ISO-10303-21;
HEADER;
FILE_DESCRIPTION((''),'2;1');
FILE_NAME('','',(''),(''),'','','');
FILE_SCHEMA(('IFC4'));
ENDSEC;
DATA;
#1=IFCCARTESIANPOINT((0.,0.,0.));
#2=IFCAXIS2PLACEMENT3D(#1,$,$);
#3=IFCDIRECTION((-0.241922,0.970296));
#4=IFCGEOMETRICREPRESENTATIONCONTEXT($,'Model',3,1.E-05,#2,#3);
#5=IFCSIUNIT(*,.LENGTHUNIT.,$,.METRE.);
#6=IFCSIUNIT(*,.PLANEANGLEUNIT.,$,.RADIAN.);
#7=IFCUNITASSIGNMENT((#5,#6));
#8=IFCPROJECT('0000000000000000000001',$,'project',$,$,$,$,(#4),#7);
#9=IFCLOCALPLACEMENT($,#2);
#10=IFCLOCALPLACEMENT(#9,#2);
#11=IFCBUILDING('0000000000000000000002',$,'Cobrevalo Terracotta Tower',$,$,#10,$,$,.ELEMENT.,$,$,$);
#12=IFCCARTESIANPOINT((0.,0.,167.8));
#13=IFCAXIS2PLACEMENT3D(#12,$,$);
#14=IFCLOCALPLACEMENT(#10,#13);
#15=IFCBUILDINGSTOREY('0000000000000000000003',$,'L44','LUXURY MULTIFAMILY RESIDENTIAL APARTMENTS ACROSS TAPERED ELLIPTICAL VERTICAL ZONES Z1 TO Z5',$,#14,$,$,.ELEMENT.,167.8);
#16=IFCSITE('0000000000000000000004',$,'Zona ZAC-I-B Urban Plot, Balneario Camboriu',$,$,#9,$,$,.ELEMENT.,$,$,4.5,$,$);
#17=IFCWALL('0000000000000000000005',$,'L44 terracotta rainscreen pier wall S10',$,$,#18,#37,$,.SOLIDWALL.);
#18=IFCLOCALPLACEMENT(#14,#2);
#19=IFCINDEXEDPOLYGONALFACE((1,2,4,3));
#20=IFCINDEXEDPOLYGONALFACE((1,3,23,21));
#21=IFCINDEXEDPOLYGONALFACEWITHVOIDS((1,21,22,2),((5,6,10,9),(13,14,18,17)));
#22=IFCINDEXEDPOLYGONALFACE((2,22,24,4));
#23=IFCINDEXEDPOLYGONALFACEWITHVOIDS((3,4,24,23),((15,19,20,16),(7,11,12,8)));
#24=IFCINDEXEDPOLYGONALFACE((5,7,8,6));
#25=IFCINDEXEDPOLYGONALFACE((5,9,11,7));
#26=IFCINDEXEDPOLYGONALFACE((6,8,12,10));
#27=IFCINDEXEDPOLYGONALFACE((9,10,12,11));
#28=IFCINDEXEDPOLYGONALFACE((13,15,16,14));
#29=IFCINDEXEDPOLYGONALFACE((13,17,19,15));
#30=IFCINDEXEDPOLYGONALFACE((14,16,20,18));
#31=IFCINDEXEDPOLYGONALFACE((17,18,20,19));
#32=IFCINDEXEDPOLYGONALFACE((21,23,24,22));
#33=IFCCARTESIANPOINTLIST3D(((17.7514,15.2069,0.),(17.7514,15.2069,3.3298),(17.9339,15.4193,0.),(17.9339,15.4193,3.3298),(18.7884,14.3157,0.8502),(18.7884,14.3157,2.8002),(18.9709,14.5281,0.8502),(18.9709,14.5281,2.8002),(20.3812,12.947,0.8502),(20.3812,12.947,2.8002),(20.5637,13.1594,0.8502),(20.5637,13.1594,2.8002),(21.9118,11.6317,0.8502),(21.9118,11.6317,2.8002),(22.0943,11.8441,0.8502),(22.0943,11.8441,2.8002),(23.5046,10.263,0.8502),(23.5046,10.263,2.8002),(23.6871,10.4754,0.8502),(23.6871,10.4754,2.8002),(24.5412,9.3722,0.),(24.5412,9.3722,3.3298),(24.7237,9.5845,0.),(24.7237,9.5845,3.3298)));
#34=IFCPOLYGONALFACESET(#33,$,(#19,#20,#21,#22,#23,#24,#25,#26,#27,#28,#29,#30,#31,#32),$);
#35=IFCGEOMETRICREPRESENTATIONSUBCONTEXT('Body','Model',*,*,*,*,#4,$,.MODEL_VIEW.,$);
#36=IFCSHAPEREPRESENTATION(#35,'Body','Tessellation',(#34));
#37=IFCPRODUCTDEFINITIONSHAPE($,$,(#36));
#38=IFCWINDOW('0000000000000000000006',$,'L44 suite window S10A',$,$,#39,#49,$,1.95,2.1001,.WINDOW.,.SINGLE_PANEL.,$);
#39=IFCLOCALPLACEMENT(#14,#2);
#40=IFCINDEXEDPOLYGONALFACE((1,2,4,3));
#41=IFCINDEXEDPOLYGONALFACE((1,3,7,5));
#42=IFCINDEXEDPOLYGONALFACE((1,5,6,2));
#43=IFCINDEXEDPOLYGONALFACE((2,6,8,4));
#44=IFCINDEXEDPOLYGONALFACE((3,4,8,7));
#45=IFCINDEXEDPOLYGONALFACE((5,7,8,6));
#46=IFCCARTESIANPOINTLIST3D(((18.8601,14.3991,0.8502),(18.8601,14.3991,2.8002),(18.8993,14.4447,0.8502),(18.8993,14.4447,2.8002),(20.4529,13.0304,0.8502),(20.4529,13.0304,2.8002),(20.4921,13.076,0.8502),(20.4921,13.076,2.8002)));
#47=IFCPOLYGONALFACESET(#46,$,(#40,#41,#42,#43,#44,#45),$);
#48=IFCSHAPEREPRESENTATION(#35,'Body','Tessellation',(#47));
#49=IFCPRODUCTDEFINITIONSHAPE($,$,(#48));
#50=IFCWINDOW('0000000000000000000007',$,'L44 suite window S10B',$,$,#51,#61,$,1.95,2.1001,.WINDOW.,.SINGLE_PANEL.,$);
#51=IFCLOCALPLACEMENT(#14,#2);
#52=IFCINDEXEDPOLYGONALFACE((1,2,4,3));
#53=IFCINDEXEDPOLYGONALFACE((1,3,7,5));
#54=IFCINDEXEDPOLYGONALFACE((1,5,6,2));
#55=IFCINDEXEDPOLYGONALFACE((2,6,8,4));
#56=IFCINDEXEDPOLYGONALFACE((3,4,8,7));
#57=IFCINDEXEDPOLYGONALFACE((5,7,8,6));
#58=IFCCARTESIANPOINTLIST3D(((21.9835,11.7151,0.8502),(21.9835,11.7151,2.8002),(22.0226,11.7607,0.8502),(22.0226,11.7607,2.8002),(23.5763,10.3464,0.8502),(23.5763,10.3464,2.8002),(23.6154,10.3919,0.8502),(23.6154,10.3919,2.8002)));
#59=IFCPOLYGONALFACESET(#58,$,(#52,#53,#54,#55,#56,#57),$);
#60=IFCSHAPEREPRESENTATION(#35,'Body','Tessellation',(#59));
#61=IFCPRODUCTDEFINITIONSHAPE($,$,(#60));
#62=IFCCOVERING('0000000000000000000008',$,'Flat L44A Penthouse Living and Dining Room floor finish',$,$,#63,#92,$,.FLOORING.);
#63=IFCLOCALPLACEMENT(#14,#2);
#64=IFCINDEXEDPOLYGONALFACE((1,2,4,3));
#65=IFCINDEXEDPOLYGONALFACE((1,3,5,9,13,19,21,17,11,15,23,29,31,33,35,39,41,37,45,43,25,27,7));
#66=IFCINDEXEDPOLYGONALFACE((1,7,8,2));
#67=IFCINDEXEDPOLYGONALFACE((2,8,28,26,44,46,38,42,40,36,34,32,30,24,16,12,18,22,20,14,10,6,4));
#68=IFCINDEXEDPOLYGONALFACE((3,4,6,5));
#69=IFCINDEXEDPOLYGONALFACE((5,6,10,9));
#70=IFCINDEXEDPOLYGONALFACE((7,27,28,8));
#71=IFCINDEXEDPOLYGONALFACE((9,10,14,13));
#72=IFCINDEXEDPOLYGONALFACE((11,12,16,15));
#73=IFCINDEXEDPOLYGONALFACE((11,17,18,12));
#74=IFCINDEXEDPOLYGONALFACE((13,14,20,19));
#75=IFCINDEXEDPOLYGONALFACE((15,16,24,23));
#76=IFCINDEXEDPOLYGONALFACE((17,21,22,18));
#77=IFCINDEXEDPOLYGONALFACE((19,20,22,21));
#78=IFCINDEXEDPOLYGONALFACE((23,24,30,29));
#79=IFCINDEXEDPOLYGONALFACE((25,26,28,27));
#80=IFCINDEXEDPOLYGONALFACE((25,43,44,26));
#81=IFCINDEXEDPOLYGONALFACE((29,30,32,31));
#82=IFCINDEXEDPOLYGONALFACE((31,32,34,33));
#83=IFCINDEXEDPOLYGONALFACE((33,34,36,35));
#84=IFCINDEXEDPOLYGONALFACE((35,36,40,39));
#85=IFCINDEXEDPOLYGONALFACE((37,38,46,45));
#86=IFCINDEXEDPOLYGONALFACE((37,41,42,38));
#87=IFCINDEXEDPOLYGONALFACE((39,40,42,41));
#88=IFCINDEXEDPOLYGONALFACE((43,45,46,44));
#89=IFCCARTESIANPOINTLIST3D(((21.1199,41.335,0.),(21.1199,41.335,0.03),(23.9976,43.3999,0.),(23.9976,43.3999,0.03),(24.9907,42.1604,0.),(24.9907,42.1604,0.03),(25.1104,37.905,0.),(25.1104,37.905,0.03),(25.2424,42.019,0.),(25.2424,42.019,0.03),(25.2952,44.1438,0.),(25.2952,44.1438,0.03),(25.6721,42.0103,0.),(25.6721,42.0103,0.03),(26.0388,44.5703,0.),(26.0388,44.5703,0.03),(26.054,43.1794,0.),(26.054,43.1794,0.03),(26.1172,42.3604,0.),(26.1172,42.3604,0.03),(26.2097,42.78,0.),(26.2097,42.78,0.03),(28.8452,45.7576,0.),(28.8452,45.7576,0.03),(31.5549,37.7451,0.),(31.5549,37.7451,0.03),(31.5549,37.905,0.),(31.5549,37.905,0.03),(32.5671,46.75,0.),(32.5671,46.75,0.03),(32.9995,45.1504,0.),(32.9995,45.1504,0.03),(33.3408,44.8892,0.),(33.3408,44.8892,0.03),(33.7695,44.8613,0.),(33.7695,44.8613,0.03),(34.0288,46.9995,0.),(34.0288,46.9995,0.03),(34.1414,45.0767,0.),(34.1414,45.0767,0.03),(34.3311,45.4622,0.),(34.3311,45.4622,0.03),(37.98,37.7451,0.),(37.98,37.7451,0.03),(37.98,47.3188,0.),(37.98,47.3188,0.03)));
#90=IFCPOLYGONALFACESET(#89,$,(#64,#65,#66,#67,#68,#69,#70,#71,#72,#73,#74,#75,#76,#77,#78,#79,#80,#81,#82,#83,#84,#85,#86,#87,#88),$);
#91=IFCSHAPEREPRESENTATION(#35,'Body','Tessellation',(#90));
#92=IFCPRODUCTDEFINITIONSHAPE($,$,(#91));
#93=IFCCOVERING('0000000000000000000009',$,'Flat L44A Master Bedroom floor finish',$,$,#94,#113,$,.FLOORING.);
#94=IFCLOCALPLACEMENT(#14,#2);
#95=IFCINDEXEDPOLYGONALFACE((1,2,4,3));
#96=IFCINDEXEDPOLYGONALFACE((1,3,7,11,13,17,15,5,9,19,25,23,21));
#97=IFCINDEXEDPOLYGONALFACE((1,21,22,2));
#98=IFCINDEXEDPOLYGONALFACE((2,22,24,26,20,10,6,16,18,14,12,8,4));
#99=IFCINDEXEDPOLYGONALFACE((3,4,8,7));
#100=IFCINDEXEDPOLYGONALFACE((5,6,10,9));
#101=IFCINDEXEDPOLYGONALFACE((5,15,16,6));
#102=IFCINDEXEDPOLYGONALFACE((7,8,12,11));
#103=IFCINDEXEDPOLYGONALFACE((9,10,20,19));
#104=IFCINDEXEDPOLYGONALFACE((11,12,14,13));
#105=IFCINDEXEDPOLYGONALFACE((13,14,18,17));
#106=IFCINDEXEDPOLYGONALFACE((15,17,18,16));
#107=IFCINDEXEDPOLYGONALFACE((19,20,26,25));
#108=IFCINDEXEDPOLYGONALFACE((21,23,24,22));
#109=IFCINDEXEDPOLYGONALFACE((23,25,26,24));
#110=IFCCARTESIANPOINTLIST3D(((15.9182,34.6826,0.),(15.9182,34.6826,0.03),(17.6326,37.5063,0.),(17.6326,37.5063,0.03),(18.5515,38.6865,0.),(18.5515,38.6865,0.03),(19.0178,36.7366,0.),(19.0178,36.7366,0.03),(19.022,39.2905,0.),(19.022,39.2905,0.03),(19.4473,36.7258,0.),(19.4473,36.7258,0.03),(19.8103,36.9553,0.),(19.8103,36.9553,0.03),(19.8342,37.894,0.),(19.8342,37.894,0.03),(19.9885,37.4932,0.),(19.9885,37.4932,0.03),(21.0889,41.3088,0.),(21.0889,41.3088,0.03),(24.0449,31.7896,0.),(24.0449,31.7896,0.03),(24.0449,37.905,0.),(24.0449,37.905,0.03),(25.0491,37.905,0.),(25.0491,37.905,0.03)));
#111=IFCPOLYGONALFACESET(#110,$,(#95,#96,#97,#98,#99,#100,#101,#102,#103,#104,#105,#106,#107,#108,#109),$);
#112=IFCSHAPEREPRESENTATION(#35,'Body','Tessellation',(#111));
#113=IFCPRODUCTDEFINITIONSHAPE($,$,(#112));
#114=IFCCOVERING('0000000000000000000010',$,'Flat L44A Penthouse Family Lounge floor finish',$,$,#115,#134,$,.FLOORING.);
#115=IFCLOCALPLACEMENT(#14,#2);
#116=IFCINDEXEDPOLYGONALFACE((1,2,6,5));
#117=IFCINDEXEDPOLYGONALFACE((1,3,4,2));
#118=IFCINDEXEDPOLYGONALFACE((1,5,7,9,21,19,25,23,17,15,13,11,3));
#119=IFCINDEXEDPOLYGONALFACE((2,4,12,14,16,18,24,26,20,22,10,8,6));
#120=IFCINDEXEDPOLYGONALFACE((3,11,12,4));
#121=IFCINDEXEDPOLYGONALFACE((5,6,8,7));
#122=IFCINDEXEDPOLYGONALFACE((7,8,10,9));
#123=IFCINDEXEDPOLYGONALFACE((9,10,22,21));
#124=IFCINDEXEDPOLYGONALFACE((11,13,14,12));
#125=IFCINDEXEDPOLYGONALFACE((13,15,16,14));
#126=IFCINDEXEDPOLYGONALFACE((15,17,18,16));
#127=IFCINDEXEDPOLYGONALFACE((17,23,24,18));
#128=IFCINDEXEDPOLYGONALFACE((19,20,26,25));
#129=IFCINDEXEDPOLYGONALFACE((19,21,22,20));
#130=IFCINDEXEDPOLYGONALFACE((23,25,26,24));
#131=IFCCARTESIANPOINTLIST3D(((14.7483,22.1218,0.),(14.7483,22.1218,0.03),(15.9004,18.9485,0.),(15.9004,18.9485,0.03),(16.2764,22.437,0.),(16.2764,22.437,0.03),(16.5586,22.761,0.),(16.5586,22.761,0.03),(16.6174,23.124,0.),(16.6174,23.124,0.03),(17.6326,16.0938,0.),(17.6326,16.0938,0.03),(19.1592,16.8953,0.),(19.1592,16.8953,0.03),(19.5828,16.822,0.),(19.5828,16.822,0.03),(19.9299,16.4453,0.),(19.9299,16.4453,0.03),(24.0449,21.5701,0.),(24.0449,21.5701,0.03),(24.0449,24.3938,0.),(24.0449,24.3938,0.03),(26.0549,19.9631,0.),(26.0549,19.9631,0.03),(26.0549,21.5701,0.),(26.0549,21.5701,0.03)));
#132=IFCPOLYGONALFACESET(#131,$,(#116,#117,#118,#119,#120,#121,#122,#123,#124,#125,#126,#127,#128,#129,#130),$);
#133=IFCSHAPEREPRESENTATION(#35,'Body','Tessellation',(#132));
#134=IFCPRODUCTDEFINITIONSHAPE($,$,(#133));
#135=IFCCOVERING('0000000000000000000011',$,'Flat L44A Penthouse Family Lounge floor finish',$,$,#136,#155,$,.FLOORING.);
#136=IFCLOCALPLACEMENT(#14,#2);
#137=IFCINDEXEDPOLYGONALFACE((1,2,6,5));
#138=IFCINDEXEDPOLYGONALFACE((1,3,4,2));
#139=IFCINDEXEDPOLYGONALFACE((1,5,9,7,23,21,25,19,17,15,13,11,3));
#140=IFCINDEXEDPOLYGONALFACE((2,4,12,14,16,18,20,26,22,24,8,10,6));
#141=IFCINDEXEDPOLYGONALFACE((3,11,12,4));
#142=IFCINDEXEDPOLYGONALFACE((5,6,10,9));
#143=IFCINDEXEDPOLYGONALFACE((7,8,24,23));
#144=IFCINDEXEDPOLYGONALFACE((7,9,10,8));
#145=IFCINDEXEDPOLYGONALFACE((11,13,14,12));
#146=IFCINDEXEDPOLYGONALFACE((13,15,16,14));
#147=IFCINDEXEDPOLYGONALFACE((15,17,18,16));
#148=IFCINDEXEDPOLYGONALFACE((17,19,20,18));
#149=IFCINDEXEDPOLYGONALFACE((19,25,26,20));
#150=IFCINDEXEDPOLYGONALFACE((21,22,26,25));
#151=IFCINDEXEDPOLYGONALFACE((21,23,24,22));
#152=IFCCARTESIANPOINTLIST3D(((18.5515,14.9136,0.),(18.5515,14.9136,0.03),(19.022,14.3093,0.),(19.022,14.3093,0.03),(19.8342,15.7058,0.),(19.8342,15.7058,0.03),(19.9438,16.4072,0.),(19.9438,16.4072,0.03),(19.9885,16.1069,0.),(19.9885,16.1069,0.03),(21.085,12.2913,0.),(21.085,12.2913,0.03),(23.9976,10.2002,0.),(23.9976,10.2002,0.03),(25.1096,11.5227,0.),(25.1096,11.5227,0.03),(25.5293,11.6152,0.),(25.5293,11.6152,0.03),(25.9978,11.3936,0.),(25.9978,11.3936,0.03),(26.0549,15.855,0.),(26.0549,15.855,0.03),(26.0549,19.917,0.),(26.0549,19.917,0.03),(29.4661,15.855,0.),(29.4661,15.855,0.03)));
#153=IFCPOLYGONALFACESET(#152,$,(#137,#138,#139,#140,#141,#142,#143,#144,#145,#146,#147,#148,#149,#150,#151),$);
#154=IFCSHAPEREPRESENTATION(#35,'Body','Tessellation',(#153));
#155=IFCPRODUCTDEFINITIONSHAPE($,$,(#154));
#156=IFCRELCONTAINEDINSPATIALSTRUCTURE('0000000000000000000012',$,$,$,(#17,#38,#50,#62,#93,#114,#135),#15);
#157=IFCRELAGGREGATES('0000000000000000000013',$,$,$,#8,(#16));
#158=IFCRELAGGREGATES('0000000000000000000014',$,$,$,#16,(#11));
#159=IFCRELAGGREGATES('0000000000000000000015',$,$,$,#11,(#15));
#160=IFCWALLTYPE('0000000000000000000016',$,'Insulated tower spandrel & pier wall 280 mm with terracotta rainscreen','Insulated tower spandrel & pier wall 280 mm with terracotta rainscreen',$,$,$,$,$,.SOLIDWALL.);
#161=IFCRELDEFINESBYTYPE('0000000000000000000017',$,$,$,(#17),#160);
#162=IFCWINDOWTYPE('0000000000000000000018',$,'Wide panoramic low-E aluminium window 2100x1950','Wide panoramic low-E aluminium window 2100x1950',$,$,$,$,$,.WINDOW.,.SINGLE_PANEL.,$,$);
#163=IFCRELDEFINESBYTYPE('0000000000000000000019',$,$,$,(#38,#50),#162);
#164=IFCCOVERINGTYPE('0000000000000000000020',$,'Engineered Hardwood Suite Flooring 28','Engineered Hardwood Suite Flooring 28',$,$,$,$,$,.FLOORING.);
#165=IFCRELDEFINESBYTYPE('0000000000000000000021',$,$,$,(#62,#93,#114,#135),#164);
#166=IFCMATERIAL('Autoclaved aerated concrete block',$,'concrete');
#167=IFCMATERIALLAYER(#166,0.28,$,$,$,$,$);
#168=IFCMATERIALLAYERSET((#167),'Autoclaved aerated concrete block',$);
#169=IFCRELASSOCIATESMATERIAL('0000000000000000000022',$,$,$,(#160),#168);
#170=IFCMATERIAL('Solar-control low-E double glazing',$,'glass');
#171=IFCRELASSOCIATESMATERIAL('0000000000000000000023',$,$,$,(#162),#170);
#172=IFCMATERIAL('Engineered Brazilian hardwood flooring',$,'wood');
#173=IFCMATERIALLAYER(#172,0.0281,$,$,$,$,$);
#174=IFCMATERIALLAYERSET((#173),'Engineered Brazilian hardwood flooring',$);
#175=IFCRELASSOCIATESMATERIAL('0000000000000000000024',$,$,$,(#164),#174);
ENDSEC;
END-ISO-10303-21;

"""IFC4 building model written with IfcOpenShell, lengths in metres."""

from ifc_helpers import new_model, si_unit, direction, frame, frame_2d, origin, place, context, subcontext, project, spatial, polyline, rectangle, outline, extrude, source, transform, mapped, material, layer, layer_set, type_object, element, fill, save


model = new_model("IFC4")

# Units and contexts
model_context = context("Model", 3, precision=1e-05, world=origin(), true_north=direction((-0.241922, 0.970296)))
body_context = subcontext(model_context, "Body", "Model", "MODEL_VIEW")
ifc_project = project(units=[si_unit("LENGTHUNIT", "METRE"), si_unit("PLANEANGLEUNIT", "RADIAN")], contexts=[model_context])

# Site, building, storey
site_placement = place(None, origin())
site = spatial("IfcSite", under=ifc_project, at=site_placement, Name="Zona ZAC-I-B Urban Plot, Balneario Camboriu", CompositionType="ELEMENT", RefElevation=4.5)
building_placement = place(site_placement, origin())
building = spatial("IfcBuilding", under=site, at=building_placement, Name="Cobrevalo Terracotta Tower", CompositionType="ELEMENT")
storey_placement = place(building_placement, frame((0.0, 0.0, 167.8)))
storey = spatial("IfcBuildingStorey", under=building, at=storey_placement, Name="L44", Description="LUXURY MULTIFAMILY RESIDENTIAL APARTMENTS ACROSS TAPERED ELLIPTICAL VERTICAL ZONES Z1 TO Z5", CompositionType="ELEMENT", Elevation=167.8)

# Shared definitions
ifc_material_1 = material(Name="Solar-control low-E double glazing", Category="glass")

# Wall, openings, windows
ifc_material_2 = material(Name="Autoclaved aerated concrete block", Category="concrete")
ifc_layer_1 = layer(ifc_material_2, 0.28)
ifc_layer_set_1 = layer_set([ifc_layer_1], Name="Autoclaved aerated concrete block")
wall_type = type_object("IfcWallType", Name="Insulated tower spandrel & pier wall 280 mm with terracotta rainscreen", Description="Insulated tower spandrel & pier wall 280 mm with terracotta rainscreen", PredefinedType="SOLIDWALL", material=ifc_layer_set_1)
wall_placement = place(storey_placement, frame((17.8428, 15.313, 0.0), z_axis=(0.0, 0.0, 1.0), x_axis=(0.758434, -0.65175, 0.0)))
wall = element("IfcWall", 1, at=wall_placement, inside=storey, type_object=wall_type, Name="L44 terracotta rainscreen pier wall S10", PredefinedType="SOLIDWALL", context=body_context, shape_type="SweptSolid", body=[
    extrude(rectangle(XDim=8.9524, YDim=0.28, at=frame_2d((4.4761, 0.0))), origin(), (0.0, 0.0, 1.0), 3.3298),
])
opening_1_placement = place(wall_placement, frame((1.3672, 0.0, 0.8501)))
opening_1 = element("IfcOpeningElement", 2, at=opening_1_placement, cuts=wall, PredefinedType="OPENING", context=body_context, shape_type="SweptSolid", body=[
    extrude(rectangle(XDim=2.1001, YDim=1.95, at=frame_2d((1.05, 0.9751))), frame((0.0, 0.1499, 0.0), z_axis=(0.0, -1.0, 0.0), x_axis=(1.0, 0.0, 0.0)), (0.0, 0.0, 1.0), 0.3),
])
opening_2_placement = place(wall_placement, frame((5.4854, 0.0, 0.8501)))
opening_2 = element("IfcOpeningElement", 3, at=opening_2_placement, cuts=wall, PredefinedType="OPENING", context=body_context, shape_type="SweptSolid", body=[
    extrude(rectangle(XDim=2.1001, YDim=1.95, at=frame_2d((1.05, 0.9751))), frame((0.0, 0.1499, 0.0), z_axis=(0.0, -1.0, 0.0), x_axis=(1.0, 0.0, 0.0)), (0.0, 0.0, 1.0), 0.3),
])
window_type = type_object("IfcWindowType", Name="Wide panoramic low-E aluminium window 2100x1950", Description="Wide panoramic low-E aluminium window 2100x1950", PartitioningType="SINGLE_PANEL", PredefinedType="WINDOW", material=ifc_material_1)
shared_shape_1 = source(origin(), body_context, "Body", "SweptSolid", [
    extrude(rectangle(XDim=2.1001, YDim=1.95, at=frame_2d((1.05, 0.9751))), frame((0.0, 0.03, 0.0), z_axis=(0.0, -1.0, 0.0), x_axis=(1.0, 0.0, 0.0)), (0.0, 0.0, 1.0), 0.0601),
])
window_1_placement = place(opening_1_placement, origin())
window_1 = element("IfcWindow", 4, at=window_1_placement, inside=storey, type_object=window_type, Name="L44 suite window S10A", OverallHeight=1.95, OverallWidth=2.1001, PartitioningType="SINGLE_PANEL", PredefinedType="WINDOW", context=body_context, shape_type="MappedRepresentation", body=[
    mapped(shared_shape_1, transform((0.0, 0.0, 0.0), scale=1.0)),
])
fill(opening_1, window_1)
window_2_placement = place(opening_2_placement, origin())
window_2 = element("IfcWindow", 5, at=window_2_placement, inside=storey, type_object=window_type, Name="L44 suite window S10B", OverallHeight=1.95, OverallWidth=2.1001, PartitioningType="SINGLE_PANEL", PredefinedType="WINDOW", context=body_context, shape_type="MappedRepresentation", body=[
    mapped(shared_shape_1, transform((0.0, 0.0, 0.0), scale=1.0)),
])
fill(opening_2, window_2)

# Coverings
ifc_material_3 = material(Name="Engineered Brazilian hardwood flooring", Category="wood")
ifc_layer_2 = layer(ifc_material_3, 0.0281)
ifc_layer_set_2 = layer_set([ifc_layer_2], Name="Engineered Brazilian hardwood flooring")
covering_type_1 = type_object("IfcCoveringType", Name="Engineered Hardwood Suite Flooring 28", Description="Engineered Hardwood Suite Flooring 28", PredefinedType="FLOORING", material=ifc_layer_set_2)
covering_1_placement = place(storey_placement, origin())
element("IfcCovering", 6, at=covering_1_placement, inside=storey, type_object=covering_type_1, Name="Flat L44A Penthouse Living and Dining Room floor finish", PredefinedType="FLOORING", context=body_context, shape_type="SweptSolid", body=[
    extrude(outline(polyline([(23.9976, 43.3999), (24.9907, 42.1604), (25.2424, 42.019), (25.6721, 42.0103), (26.1172, 42.3604), (26.2097, 42.78), (26.054, 43.1794), (25.2952, 44.1438), (26.0388, 44.5703), (28.8452, 45.7576), (32.5671, 46.75), (32.9995, 45.1504), (33.3408, 44.8892), (33.7695, 44.8613), (34.1414, 45.0767), (34.3311, 45.4622), (34.0288, 46.9995), (37.98, 47.3188), (37.98, 37.7451), (31.5549, 37.7451), (31.5549, 37.905), (25.1104, 37.905), (21.1199, 41.335), (23.9976, 43.3999)])), origin(), (0.0, 0.0, 1.0), 0.03),
])
covering_2_placement = place(storey_placement, origin())
element("IfcCovering", 7, at=covering_2_placement, inside=storey, type_object=covering_type_1, Name="Flat L44A Master Bedroom floor finish", PredefinedType="FLOORING", context=body_context, shape_type="SweptSolid", body=[
    extrude(outline(polyline([(17.6326, 37.5063), (19.0178, 36.7366), (19.4473, 36.7258), (19.8103, 36.9553), (19.9885, 37.4932), (19.8342, 37.894), (18.5515, 38.6865), (19.022, 39.2905), (21.0889, 41.3088), (25.0491, 37.905), (24.0449, 37.905), (24.0449, 31.7896), (15.9182, 34.6826), (17.6326, 37.5063)])), origin(), (0.0, 0.0, 1.0), 0.03),
])
covering_3_placement = place(storey_placement, origin())
element("IfcCovering", 8, at=covering_3_placement, inside=storey, type_object=covering_type_1, Name="Flat L44A Penthouse Family Lounge floor finish", PredefinedType="FLOORING", context=body_context, shape_type="SweptSolid", body=[
    extrude(outline(polyline([(15.9004, 18.9485), (14.7483, 22.1218), (16.2764, 22.437), (16.5586, 22.761), (16.6174, 23.124), (24.0449, 24.3938), (24.0449, 21.5701), (26.0549, 21.5701), (26.0549, 19.9631), (19.9299, 16.4453), (19.5828, 16.822), (19.1592, 16.8953), (17.6326, 16.0938), (15.9004, 18.9485)])), origin(), (0.0, 0.0, 1.0), 0.03),
])
covering_4_placement = place(storey_placement, origin())
element("IfcCovering", 9, at=covering_4_placement, inside=storey, type_object=covering_type_1, Name="Flat L44A Penthouse Family Lounge floor finish", PredefinedType="FLOORING", context=body_context, shape_type="SweptSolid", body=[
    extrude(outline(polyline([(21.085, 12.2913), (19.022, 14.3093), (18.5515, 14.9136), (19.8342, 15.7058), (19.9885, 16.1069), (19.9438, 16.4072), (26.0549, 19.917), (26.0549, 15.855), (29.4661, 15.855), (25.9978, 11.3936), (25.5293, 11.6152), (25.1096, 11.5227), (23.9976, 10.2002), (21.085, 12.2913)])), origin(), (0.0, 0.0, 1.0), 0.03),
])

save(model, "model.ifc")
